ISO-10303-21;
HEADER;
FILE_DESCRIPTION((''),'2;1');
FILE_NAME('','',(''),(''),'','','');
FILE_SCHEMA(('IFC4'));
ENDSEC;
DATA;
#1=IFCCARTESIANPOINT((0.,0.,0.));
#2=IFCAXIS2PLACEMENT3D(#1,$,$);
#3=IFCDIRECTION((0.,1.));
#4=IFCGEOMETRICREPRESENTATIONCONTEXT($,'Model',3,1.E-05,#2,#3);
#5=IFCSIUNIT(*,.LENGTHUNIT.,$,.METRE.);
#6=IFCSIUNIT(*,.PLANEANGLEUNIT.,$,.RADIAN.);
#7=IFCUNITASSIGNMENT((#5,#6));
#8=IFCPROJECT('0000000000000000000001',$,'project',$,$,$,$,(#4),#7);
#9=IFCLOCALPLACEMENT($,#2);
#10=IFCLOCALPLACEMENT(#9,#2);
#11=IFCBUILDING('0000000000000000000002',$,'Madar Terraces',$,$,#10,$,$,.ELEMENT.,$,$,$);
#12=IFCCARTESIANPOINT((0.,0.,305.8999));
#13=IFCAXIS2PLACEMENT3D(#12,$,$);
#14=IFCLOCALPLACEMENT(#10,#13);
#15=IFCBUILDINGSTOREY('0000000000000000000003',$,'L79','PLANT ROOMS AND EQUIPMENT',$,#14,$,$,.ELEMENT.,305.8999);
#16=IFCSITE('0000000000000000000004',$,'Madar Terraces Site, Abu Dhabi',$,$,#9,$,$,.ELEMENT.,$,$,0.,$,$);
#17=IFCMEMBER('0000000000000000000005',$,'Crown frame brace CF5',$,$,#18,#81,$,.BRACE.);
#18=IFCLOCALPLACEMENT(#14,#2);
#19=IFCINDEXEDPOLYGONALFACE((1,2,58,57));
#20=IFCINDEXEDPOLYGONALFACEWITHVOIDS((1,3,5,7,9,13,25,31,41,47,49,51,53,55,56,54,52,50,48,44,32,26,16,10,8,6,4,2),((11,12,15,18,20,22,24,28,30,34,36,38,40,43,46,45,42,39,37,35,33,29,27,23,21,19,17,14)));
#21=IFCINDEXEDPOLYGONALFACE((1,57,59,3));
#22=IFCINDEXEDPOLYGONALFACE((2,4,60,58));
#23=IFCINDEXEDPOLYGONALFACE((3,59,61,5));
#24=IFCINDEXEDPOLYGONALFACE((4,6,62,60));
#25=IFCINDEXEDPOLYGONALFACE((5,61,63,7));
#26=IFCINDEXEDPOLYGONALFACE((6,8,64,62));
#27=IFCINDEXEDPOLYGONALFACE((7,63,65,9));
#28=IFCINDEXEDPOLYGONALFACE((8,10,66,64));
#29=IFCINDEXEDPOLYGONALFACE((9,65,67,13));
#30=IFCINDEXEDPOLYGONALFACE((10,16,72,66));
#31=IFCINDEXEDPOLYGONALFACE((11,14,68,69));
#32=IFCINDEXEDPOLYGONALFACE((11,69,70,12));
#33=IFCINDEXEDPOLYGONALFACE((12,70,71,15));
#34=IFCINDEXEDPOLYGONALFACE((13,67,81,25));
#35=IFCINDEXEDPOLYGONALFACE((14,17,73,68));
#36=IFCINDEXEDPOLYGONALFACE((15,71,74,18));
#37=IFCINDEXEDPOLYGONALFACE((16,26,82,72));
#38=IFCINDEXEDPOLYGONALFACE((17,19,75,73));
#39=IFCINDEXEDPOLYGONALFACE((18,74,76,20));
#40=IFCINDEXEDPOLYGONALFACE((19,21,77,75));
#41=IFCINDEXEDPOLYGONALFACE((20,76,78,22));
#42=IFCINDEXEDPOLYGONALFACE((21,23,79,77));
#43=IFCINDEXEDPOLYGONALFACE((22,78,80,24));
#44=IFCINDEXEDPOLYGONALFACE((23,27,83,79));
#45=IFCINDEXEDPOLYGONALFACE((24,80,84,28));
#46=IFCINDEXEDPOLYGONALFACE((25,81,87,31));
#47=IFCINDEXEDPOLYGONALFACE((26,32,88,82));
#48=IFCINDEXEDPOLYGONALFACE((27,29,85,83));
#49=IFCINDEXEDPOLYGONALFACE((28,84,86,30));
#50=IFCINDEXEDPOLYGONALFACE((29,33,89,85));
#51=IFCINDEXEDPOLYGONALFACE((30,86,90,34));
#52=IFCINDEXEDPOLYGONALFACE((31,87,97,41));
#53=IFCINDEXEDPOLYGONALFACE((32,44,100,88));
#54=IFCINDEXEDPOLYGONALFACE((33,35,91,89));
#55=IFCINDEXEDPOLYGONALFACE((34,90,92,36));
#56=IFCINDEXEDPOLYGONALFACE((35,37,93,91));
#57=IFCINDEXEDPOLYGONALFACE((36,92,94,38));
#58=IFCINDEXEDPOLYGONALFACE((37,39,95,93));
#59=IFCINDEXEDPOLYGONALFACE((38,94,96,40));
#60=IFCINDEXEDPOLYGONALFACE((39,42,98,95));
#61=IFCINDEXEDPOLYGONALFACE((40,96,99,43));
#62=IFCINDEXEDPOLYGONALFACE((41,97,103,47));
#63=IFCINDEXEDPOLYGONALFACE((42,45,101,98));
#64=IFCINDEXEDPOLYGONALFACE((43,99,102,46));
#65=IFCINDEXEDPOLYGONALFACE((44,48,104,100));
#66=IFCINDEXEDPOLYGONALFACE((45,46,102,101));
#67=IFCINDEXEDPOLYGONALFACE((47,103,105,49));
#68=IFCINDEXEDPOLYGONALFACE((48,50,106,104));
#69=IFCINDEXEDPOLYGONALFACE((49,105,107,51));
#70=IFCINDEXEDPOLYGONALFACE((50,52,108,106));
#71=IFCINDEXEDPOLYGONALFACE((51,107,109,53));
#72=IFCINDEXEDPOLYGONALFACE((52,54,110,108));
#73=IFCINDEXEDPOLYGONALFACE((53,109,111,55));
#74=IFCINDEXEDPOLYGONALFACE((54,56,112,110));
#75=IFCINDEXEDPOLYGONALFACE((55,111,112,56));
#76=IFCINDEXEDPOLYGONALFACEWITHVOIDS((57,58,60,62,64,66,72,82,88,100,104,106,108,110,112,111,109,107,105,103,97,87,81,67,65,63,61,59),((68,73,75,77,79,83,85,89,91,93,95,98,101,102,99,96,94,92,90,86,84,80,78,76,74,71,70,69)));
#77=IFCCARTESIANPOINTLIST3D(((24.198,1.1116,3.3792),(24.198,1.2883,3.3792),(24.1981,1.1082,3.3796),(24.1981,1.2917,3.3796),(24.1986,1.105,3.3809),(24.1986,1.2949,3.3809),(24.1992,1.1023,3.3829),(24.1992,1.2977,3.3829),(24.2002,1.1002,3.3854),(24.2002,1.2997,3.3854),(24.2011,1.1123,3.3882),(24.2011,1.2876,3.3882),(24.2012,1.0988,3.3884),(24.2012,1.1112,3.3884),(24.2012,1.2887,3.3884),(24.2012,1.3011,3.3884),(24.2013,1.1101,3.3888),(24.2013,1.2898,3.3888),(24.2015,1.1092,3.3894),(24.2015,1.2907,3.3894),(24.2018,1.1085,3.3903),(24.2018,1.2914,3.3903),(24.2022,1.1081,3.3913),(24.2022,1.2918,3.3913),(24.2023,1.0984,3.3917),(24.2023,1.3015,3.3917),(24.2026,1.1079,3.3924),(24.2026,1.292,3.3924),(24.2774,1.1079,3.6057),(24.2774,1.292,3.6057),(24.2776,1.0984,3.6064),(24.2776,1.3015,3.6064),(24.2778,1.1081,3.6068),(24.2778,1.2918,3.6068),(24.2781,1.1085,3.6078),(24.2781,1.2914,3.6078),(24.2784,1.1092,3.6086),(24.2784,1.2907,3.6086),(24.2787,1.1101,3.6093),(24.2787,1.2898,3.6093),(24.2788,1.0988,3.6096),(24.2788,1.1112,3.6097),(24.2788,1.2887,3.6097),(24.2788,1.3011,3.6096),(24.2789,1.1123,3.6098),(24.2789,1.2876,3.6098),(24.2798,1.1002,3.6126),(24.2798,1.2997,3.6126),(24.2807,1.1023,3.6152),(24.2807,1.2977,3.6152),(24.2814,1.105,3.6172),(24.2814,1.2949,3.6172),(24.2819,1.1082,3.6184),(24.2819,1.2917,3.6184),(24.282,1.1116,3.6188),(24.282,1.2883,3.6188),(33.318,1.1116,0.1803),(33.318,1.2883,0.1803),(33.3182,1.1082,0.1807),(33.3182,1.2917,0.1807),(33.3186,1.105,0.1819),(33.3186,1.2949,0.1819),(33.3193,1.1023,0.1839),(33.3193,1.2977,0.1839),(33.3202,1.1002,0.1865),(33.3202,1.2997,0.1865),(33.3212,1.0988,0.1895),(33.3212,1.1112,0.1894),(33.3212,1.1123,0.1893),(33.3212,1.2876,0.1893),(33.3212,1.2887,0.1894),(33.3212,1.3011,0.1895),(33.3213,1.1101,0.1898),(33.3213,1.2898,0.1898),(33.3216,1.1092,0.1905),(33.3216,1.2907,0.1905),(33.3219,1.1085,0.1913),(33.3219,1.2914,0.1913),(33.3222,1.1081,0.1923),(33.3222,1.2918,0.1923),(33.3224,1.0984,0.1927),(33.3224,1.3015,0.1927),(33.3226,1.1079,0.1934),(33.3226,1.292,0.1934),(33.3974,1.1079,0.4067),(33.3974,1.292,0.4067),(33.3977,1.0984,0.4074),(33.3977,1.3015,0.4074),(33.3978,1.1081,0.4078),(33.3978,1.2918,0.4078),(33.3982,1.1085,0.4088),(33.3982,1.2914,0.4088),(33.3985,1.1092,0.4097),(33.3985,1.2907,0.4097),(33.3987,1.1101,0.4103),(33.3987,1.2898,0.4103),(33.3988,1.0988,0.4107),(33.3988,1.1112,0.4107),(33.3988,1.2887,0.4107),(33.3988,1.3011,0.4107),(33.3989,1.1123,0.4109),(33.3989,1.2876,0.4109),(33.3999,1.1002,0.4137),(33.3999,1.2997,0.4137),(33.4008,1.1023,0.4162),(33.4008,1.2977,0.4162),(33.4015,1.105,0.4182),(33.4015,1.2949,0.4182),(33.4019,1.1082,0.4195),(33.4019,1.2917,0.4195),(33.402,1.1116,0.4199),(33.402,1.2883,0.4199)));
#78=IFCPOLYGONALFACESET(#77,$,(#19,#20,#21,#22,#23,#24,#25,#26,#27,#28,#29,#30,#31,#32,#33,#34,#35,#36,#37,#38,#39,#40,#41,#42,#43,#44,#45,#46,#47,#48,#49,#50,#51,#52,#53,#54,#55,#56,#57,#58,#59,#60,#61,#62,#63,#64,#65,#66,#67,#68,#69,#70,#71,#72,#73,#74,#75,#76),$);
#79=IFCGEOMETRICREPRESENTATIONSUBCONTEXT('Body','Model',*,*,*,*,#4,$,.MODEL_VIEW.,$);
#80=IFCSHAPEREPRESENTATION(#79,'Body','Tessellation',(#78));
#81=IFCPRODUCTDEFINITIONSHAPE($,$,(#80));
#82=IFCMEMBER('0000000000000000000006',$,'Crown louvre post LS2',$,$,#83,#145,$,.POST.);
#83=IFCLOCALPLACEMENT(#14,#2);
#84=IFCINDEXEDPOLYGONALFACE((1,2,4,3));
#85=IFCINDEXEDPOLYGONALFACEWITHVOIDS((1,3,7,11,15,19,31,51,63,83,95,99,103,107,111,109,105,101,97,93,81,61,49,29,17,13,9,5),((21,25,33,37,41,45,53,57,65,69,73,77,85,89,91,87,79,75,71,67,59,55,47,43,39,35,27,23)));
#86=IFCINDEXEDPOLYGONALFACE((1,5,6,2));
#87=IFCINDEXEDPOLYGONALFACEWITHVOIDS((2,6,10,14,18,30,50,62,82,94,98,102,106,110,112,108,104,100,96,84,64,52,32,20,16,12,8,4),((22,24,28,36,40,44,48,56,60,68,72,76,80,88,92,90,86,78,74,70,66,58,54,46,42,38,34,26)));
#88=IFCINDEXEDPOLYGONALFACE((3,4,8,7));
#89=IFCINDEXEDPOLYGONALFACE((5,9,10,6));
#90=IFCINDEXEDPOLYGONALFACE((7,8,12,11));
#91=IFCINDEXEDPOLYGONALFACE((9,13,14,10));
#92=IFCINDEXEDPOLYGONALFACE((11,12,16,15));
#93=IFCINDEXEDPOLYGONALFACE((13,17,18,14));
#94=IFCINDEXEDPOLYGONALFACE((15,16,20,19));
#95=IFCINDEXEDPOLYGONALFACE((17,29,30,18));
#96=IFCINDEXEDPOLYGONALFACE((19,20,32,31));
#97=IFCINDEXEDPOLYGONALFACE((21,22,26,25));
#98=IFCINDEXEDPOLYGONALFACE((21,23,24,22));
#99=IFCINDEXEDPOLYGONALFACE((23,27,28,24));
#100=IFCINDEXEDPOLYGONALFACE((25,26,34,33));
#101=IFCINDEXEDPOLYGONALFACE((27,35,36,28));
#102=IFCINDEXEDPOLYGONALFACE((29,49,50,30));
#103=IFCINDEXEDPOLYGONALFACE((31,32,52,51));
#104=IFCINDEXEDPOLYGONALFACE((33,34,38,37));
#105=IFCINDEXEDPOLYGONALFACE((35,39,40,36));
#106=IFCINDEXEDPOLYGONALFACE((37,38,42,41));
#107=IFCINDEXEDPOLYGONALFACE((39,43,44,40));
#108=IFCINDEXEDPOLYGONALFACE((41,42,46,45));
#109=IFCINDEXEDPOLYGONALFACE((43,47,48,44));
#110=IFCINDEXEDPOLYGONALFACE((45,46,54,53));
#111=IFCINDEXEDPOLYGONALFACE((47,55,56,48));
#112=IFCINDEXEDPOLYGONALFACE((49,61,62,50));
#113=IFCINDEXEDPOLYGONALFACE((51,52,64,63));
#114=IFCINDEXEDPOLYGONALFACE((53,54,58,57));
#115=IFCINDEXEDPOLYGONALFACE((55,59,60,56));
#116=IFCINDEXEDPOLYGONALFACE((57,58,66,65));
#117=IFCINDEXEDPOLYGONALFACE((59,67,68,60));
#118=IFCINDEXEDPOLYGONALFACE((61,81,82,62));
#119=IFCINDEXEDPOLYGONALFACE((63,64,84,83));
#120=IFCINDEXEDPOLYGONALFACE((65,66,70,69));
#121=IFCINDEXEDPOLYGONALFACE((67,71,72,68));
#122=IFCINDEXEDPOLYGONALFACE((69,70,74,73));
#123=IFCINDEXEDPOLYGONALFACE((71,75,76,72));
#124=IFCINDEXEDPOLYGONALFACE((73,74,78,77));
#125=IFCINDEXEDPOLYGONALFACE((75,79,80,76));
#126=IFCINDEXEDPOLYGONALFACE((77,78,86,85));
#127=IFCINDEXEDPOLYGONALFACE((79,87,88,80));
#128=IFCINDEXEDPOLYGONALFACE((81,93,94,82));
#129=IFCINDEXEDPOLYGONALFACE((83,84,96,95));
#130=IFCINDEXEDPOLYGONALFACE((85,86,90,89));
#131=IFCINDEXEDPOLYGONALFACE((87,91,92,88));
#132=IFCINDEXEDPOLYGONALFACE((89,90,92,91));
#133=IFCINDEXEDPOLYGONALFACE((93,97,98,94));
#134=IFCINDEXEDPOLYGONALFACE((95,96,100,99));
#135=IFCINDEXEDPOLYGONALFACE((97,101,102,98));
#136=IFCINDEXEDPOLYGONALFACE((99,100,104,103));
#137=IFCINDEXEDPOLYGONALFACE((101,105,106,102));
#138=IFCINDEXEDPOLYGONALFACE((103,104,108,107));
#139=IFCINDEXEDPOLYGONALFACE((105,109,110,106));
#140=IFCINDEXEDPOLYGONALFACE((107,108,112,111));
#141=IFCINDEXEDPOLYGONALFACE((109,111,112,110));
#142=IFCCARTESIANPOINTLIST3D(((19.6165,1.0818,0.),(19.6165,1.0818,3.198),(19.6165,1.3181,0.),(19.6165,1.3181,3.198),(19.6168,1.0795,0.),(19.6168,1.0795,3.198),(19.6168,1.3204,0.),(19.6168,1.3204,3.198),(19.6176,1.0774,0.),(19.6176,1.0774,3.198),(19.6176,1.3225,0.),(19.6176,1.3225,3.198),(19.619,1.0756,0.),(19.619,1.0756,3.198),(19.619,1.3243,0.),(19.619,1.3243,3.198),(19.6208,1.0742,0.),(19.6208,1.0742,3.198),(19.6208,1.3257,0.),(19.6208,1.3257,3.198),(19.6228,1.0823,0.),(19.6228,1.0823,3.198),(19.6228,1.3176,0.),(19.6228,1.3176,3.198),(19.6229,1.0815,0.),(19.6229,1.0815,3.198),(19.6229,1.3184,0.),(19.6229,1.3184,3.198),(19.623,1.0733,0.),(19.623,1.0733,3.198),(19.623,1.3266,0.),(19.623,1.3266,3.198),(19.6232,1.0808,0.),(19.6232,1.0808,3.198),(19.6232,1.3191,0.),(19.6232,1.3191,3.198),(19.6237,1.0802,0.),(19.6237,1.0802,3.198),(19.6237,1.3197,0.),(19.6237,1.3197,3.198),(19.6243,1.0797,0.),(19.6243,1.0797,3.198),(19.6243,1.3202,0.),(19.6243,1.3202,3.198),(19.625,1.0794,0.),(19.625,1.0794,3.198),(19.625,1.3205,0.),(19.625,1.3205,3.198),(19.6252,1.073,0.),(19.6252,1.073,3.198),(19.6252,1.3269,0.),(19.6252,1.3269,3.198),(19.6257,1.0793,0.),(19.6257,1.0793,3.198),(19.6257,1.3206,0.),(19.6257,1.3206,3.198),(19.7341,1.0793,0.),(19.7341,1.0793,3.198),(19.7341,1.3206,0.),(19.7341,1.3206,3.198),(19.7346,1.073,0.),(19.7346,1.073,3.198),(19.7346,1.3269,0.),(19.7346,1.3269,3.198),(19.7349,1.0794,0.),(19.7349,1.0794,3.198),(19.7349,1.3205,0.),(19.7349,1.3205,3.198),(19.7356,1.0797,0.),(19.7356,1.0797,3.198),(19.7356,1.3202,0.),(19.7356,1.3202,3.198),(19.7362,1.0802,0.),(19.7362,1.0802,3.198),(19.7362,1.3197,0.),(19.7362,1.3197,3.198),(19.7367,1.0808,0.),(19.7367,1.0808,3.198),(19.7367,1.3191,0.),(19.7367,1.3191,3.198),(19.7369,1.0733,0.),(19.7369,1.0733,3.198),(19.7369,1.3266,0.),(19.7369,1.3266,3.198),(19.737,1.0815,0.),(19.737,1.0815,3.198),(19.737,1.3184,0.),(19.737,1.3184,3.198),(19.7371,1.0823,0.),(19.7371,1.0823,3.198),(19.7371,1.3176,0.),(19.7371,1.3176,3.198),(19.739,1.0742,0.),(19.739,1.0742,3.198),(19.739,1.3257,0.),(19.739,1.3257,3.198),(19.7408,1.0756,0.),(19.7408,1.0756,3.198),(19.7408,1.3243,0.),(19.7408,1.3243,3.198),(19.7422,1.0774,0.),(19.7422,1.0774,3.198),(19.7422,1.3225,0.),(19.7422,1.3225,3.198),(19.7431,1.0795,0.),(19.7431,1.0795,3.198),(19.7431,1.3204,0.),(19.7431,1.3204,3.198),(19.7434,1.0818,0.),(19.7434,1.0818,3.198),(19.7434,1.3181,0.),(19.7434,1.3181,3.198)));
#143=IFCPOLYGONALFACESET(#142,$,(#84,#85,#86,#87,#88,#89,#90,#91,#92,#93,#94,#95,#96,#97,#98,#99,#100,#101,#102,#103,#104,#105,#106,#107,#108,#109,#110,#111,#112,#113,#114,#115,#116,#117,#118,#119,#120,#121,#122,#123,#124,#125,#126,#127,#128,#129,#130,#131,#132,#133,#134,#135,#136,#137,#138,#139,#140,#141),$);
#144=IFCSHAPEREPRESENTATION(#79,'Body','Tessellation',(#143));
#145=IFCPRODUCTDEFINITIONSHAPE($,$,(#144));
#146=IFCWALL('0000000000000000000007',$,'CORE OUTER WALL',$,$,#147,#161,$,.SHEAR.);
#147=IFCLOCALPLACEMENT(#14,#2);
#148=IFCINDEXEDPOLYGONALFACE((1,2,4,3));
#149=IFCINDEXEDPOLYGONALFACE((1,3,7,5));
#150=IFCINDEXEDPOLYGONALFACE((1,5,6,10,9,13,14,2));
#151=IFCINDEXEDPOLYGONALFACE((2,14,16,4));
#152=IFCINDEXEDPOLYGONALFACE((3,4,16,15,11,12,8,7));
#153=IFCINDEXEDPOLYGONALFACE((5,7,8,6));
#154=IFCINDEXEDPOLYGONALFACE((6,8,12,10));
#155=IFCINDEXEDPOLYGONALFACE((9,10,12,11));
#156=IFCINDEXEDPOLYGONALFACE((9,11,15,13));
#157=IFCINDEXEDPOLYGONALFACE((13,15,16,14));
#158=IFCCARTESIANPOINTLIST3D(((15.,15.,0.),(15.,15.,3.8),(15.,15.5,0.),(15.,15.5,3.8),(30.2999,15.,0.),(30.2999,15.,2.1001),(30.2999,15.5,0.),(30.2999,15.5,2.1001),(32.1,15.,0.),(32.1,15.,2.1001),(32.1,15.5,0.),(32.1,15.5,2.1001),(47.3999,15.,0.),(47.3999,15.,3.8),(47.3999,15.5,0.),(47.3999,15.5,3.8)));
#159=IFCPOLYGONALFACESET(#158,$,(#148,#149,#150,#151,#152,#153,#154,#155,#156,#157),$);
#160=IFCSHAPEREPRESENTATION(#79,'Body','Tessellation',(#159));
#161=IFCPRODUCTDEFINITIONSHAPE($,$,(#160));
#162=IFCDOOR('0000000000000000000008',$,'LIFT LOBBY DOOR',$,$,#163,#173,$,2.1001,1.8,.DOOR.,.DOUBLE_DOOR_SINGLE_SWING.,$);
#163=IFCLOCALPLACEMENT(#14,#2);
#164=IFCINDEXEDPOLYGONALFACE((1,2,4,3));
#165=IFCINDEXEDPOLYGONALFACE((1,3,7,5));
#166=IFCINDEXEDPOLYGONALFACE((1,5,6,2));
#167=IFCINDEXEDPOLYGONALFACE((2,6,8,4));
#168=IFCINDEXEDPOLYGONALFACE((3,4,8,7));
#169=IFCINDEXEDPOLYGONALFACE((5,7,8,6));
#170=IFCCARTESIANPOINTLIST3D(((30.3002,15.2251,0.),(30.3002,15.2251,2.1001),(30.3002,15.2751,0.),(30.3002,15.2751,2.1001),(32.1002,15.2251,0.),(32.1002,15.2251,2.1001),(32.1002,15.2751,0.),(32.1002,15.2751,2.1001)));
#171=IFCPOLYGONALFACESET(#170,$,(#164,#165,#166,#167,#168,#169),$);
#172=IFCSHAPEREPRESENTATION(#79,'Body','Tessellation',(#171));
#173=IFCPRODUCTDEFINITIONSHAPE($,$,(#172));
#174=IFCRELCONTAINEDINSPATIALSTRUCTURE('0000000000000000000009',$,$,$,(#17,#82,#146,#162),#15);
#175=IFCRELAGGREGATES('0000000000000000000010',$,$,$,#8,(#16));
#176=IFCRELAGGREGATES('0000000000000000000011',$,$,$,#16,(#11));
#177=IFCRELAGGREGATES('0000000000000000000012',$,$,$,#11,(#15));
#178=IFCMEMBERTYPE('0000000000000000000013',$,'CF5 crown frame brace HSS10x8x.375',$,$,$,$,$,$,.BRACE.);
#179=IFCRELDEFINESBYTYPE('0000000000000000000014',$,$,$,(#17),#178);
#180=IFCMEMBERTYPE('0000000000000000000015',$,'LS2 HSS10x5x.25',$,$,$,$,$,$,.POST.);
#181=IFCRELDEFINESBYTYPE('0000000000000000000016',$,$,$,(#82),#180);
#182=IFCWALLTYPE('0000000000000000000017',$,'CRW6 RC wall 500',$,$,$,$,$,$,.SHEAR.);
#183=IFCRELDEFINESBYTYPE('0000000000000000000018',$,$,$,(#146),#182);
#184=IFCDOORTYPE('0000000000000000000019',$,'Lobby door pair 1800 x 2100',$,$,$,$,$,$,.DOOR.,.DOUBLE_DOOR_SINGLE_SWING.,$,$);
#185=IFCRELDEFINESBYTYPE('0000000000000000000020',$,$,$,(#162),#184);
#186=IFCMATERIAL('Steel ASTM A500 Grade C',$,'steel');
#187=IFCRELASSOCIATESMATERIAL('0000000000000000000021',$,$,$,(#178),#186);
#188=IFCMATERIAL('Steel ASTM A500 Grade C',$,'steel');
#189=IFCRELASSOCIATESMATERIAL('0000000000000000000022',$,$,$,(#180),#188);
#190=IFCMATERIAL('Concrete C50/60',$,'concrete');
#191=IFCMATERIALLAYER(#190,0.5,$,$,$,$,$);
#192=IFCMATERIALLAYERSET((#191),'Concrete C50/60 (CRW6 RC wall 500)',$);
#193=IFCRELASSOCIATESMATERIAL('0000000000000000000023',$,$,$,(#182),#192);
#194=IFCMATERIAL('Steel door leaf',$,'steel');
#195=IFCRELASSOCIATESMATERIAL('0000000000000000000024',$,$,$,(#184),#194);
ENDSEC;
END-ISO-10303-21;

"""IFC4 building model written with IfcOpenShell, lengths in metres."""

from ifc_helpers import new_model, si_unit, direction, frame, frame_2d, origin, origin_2d, place, context, subcontext, project, spatial, rectangle, hollow_rectangle, extrude, material, layer, layer_set, material_profile, profile_set, type_object, element, fill, save


model = new_model("IFC4")

# Units and contexts
model_context = context("Model", 3, precision=1e-05, world=origin(), true_north=direction((0.0, 1.0)))
body_context = subcontext(model_context, "Body", "Model", "MODEL_VIEW")
ifc_project = project(units=[si_unit("LENGTHUNIT", "METRE"), si_unit("PLANEANGLEUNIT", "RADIAN")], contexts=[model_context])

# Site, building, storey
site_placement = place(None, origin())
site = spatial("IfcSite", under=ifc_project, at=site_placement, Name="Madar Terraces Site, Abu Dhabi", CompositionType="ELEMENT", RefElevation=0.0)
building_placement = place(site_placement, origin())
building = spatial("IfcBuilding", under=site, at=building_placement, Name="Madar Terraces", CompositionType="ELEMENT")
storey_placement = place(building_placement, frame((0.0, 0.0, 305.8999)))
storey = spatial("IfcBuildingStorey", under=building, at=storey_placement, Name="L79", Description="PLANT ROOMS AND EQUIPMENT", CompositionType="ELEMENT", Elevation=305.8999)

# Members
ifc_material_1 = material(Name="Steel ASTM A500 Grade C", Category="steel")
ifc_material_profile_1 = material_profile(ifc_material_1, hollow_rectangle(XDim=0.2031, YDim=0.2539, WallThickness=0.0095, InnerFilletRadius=0.0044, OuterFilletRadius=0.0132, at=origin_2d()), Name="HSS10x8x.375")
ifc_profile_set_1 = profile_set([ifc_material_profile_1], Name="Steel ASTM A500 Grade C")
member_type_1 = type_object("IfcMemberType", Name="CF5 crown frame brace HSS10x8x.375", PredefinedType="BRACE", material=ifc_profile_set_1)
member_1_placement = place(storey_placement, frame((24.24, 1.2, 3.499), z_axis=(0.943634, 0.0, -0.330989), x_axis=(0.0, 1.0, 0.0)))
element("IfcMember", 1, at=member_1_placement, inside=storey, type_object=member_type_1, Name="Crown frame brace CF5", PredefinedType="BRACE", context=body_context, shape_type="SweptSolid", body=[
    extrude(hollow_rectangle(XDim=0.2031, YDim=0.2539, WallThickness=0.0095, InnerFilletRadius=0.0044, OuterFilletRadius=0.0132, at=origin_2d()), origin(), (0.0, 0.0, 1.0), 9.6648),
])
ifc_material_2 = material(Name="Steel ASTM A500 Grade C", Category="steel")
ifc_material_profile_2 = material_profile(ifc_material_2, hollow_rectangle(XDim=0.127, YDim=0.2539, WallThickness=0.0063, InnerFilletRadius=0.0029, OuterFilletRadius=0.0088, at=origin_2d()), Name="HSS10x5x.25")
ifc_profile_set_2 = profile_set([ifc_material_profile_2], Name="Steel ASTM A500 Grade C")
member_type_2 = type_object("IfcMemberType", Name="LS2 HSS10x5x.25", PredefinedType="POST", material=ifc_profile_set_2)
member_2_placement = place(storey_placement, frame((19.6799, 1.2, 0.0), z_axis=(0.0, 0.0, 1.0), x_axis=(1.0, 0.0, 0.0)))
element("IfcMember", 2, at=member_2_placement, inside=storey, type_object=member_type_2, Name="Crown louvre post LS2", PredefinedType="POST", context=body_context, shape_type="SweptSolid", body=[
    extrude(hollow_rectangle(XDim=0.127, YDim=0.2539, WallThickness=0.0063, InnerFilletRadius=0.0029, OuterFilletRadius=0.0088, at=origin_2d()), origin(), (0.0, 0.0, 1.0), 3.198),
])

# Wall, opening, door
ifc_material_3 = material(Name="Concrete C50/60", Category="concrete")
ifc_layer = layer(ifc_material_3, 0.5)
ifc_layer_set = layer_set([ifc_layer], Name="Concrete C50/60 (CRW6 RC wall 500)")
wall_type = type_object("IfcWallType", Name="CRW6 RC wall 500", PredefinedType="SHEAR", material=ifc_layer_set)
wall_1_placement = place(storey_placement, frame((15.0, 15.25, 0.0), z_axis=(0.0, 0.0, 1.0), x_axis=(1.0, 0.0, 0.0)))
wall_1 = element("IfcWall", 3, at=wall_1_placement, inside=storey, type_object=wall_type, Name="CORE OUTER WALL", PredefinedType="SHEAR", context=body_context, shape_type="SweptSolid", body=[
    extrude(rectangle(XDim=32.3999, YDim=0.5, at=frame_2d((16.2, 0.0))), origin(), (0.0, 0.0, 1.0), 3.8),
])
opening_1_placement = place(wall_1_placement, frame((15.3, 0.0, 0.0)))
opening_1 = element("IfcOpeningElement", 4, at=opening_1_placement, cuts=wall_1, PredefinedType="OPENING", context=body_context, shape_type="SweptSolid", body=[
    extrude(rectangle(XDim=1.8, YDim=2.1001, at=frame_2d((0.8999, 1.05))), frame((0.0, 0.26, 0.0), z_axis=(0.0, -1.0, 0.0), x_axis=(1.0, 0.0, 0.0)), (0.0, 0.0, 1.0), 0.52),
])
ifc_material_4 = material(Name="Steel door leaf", Category="steel")
door_type_1 = type_object("IfcDoorType", Name="Lobby door pair 1800 x 2100", OperationType="DOUBLE_DOOR_SINGLE_SWING", PredefinedType="DOOR", material=ifc_material_4)
door_1_placement = place(opening_1_placement, frame((1.8, 0.0, 0.0), z_axis=(0.0, 0.0, 1.0), x_axis=(-1.0, 0.0, 0.0)))
door_1 = element("IfcDoor", 5, at=door_1_placement, inside=storey, type_object=door_type_1, Name="LIFT LOBBY DOOR", OperationType="DOUBLE_DOOR_SINGLE_SWING", OverallHeight=2.1001, OverallWidth=1.8, PredefinedType="DOOR", context=body_context, shape_type="SweptSolid", body=[
    extrude(rectangle(XDim=1.8, YDim=2.1001, at=frame_2d((0.8999, 1.05))), frame((0.0, 0.0249, 0.0), z_axis=(0.0, -1.0, 0.0), x_axis=(1.0, 0.0, 0.0)), (0.0, 0.0, 1.0), 0.05),
])
fill(opening_1, door_1)

save(model, "model.ifc")
